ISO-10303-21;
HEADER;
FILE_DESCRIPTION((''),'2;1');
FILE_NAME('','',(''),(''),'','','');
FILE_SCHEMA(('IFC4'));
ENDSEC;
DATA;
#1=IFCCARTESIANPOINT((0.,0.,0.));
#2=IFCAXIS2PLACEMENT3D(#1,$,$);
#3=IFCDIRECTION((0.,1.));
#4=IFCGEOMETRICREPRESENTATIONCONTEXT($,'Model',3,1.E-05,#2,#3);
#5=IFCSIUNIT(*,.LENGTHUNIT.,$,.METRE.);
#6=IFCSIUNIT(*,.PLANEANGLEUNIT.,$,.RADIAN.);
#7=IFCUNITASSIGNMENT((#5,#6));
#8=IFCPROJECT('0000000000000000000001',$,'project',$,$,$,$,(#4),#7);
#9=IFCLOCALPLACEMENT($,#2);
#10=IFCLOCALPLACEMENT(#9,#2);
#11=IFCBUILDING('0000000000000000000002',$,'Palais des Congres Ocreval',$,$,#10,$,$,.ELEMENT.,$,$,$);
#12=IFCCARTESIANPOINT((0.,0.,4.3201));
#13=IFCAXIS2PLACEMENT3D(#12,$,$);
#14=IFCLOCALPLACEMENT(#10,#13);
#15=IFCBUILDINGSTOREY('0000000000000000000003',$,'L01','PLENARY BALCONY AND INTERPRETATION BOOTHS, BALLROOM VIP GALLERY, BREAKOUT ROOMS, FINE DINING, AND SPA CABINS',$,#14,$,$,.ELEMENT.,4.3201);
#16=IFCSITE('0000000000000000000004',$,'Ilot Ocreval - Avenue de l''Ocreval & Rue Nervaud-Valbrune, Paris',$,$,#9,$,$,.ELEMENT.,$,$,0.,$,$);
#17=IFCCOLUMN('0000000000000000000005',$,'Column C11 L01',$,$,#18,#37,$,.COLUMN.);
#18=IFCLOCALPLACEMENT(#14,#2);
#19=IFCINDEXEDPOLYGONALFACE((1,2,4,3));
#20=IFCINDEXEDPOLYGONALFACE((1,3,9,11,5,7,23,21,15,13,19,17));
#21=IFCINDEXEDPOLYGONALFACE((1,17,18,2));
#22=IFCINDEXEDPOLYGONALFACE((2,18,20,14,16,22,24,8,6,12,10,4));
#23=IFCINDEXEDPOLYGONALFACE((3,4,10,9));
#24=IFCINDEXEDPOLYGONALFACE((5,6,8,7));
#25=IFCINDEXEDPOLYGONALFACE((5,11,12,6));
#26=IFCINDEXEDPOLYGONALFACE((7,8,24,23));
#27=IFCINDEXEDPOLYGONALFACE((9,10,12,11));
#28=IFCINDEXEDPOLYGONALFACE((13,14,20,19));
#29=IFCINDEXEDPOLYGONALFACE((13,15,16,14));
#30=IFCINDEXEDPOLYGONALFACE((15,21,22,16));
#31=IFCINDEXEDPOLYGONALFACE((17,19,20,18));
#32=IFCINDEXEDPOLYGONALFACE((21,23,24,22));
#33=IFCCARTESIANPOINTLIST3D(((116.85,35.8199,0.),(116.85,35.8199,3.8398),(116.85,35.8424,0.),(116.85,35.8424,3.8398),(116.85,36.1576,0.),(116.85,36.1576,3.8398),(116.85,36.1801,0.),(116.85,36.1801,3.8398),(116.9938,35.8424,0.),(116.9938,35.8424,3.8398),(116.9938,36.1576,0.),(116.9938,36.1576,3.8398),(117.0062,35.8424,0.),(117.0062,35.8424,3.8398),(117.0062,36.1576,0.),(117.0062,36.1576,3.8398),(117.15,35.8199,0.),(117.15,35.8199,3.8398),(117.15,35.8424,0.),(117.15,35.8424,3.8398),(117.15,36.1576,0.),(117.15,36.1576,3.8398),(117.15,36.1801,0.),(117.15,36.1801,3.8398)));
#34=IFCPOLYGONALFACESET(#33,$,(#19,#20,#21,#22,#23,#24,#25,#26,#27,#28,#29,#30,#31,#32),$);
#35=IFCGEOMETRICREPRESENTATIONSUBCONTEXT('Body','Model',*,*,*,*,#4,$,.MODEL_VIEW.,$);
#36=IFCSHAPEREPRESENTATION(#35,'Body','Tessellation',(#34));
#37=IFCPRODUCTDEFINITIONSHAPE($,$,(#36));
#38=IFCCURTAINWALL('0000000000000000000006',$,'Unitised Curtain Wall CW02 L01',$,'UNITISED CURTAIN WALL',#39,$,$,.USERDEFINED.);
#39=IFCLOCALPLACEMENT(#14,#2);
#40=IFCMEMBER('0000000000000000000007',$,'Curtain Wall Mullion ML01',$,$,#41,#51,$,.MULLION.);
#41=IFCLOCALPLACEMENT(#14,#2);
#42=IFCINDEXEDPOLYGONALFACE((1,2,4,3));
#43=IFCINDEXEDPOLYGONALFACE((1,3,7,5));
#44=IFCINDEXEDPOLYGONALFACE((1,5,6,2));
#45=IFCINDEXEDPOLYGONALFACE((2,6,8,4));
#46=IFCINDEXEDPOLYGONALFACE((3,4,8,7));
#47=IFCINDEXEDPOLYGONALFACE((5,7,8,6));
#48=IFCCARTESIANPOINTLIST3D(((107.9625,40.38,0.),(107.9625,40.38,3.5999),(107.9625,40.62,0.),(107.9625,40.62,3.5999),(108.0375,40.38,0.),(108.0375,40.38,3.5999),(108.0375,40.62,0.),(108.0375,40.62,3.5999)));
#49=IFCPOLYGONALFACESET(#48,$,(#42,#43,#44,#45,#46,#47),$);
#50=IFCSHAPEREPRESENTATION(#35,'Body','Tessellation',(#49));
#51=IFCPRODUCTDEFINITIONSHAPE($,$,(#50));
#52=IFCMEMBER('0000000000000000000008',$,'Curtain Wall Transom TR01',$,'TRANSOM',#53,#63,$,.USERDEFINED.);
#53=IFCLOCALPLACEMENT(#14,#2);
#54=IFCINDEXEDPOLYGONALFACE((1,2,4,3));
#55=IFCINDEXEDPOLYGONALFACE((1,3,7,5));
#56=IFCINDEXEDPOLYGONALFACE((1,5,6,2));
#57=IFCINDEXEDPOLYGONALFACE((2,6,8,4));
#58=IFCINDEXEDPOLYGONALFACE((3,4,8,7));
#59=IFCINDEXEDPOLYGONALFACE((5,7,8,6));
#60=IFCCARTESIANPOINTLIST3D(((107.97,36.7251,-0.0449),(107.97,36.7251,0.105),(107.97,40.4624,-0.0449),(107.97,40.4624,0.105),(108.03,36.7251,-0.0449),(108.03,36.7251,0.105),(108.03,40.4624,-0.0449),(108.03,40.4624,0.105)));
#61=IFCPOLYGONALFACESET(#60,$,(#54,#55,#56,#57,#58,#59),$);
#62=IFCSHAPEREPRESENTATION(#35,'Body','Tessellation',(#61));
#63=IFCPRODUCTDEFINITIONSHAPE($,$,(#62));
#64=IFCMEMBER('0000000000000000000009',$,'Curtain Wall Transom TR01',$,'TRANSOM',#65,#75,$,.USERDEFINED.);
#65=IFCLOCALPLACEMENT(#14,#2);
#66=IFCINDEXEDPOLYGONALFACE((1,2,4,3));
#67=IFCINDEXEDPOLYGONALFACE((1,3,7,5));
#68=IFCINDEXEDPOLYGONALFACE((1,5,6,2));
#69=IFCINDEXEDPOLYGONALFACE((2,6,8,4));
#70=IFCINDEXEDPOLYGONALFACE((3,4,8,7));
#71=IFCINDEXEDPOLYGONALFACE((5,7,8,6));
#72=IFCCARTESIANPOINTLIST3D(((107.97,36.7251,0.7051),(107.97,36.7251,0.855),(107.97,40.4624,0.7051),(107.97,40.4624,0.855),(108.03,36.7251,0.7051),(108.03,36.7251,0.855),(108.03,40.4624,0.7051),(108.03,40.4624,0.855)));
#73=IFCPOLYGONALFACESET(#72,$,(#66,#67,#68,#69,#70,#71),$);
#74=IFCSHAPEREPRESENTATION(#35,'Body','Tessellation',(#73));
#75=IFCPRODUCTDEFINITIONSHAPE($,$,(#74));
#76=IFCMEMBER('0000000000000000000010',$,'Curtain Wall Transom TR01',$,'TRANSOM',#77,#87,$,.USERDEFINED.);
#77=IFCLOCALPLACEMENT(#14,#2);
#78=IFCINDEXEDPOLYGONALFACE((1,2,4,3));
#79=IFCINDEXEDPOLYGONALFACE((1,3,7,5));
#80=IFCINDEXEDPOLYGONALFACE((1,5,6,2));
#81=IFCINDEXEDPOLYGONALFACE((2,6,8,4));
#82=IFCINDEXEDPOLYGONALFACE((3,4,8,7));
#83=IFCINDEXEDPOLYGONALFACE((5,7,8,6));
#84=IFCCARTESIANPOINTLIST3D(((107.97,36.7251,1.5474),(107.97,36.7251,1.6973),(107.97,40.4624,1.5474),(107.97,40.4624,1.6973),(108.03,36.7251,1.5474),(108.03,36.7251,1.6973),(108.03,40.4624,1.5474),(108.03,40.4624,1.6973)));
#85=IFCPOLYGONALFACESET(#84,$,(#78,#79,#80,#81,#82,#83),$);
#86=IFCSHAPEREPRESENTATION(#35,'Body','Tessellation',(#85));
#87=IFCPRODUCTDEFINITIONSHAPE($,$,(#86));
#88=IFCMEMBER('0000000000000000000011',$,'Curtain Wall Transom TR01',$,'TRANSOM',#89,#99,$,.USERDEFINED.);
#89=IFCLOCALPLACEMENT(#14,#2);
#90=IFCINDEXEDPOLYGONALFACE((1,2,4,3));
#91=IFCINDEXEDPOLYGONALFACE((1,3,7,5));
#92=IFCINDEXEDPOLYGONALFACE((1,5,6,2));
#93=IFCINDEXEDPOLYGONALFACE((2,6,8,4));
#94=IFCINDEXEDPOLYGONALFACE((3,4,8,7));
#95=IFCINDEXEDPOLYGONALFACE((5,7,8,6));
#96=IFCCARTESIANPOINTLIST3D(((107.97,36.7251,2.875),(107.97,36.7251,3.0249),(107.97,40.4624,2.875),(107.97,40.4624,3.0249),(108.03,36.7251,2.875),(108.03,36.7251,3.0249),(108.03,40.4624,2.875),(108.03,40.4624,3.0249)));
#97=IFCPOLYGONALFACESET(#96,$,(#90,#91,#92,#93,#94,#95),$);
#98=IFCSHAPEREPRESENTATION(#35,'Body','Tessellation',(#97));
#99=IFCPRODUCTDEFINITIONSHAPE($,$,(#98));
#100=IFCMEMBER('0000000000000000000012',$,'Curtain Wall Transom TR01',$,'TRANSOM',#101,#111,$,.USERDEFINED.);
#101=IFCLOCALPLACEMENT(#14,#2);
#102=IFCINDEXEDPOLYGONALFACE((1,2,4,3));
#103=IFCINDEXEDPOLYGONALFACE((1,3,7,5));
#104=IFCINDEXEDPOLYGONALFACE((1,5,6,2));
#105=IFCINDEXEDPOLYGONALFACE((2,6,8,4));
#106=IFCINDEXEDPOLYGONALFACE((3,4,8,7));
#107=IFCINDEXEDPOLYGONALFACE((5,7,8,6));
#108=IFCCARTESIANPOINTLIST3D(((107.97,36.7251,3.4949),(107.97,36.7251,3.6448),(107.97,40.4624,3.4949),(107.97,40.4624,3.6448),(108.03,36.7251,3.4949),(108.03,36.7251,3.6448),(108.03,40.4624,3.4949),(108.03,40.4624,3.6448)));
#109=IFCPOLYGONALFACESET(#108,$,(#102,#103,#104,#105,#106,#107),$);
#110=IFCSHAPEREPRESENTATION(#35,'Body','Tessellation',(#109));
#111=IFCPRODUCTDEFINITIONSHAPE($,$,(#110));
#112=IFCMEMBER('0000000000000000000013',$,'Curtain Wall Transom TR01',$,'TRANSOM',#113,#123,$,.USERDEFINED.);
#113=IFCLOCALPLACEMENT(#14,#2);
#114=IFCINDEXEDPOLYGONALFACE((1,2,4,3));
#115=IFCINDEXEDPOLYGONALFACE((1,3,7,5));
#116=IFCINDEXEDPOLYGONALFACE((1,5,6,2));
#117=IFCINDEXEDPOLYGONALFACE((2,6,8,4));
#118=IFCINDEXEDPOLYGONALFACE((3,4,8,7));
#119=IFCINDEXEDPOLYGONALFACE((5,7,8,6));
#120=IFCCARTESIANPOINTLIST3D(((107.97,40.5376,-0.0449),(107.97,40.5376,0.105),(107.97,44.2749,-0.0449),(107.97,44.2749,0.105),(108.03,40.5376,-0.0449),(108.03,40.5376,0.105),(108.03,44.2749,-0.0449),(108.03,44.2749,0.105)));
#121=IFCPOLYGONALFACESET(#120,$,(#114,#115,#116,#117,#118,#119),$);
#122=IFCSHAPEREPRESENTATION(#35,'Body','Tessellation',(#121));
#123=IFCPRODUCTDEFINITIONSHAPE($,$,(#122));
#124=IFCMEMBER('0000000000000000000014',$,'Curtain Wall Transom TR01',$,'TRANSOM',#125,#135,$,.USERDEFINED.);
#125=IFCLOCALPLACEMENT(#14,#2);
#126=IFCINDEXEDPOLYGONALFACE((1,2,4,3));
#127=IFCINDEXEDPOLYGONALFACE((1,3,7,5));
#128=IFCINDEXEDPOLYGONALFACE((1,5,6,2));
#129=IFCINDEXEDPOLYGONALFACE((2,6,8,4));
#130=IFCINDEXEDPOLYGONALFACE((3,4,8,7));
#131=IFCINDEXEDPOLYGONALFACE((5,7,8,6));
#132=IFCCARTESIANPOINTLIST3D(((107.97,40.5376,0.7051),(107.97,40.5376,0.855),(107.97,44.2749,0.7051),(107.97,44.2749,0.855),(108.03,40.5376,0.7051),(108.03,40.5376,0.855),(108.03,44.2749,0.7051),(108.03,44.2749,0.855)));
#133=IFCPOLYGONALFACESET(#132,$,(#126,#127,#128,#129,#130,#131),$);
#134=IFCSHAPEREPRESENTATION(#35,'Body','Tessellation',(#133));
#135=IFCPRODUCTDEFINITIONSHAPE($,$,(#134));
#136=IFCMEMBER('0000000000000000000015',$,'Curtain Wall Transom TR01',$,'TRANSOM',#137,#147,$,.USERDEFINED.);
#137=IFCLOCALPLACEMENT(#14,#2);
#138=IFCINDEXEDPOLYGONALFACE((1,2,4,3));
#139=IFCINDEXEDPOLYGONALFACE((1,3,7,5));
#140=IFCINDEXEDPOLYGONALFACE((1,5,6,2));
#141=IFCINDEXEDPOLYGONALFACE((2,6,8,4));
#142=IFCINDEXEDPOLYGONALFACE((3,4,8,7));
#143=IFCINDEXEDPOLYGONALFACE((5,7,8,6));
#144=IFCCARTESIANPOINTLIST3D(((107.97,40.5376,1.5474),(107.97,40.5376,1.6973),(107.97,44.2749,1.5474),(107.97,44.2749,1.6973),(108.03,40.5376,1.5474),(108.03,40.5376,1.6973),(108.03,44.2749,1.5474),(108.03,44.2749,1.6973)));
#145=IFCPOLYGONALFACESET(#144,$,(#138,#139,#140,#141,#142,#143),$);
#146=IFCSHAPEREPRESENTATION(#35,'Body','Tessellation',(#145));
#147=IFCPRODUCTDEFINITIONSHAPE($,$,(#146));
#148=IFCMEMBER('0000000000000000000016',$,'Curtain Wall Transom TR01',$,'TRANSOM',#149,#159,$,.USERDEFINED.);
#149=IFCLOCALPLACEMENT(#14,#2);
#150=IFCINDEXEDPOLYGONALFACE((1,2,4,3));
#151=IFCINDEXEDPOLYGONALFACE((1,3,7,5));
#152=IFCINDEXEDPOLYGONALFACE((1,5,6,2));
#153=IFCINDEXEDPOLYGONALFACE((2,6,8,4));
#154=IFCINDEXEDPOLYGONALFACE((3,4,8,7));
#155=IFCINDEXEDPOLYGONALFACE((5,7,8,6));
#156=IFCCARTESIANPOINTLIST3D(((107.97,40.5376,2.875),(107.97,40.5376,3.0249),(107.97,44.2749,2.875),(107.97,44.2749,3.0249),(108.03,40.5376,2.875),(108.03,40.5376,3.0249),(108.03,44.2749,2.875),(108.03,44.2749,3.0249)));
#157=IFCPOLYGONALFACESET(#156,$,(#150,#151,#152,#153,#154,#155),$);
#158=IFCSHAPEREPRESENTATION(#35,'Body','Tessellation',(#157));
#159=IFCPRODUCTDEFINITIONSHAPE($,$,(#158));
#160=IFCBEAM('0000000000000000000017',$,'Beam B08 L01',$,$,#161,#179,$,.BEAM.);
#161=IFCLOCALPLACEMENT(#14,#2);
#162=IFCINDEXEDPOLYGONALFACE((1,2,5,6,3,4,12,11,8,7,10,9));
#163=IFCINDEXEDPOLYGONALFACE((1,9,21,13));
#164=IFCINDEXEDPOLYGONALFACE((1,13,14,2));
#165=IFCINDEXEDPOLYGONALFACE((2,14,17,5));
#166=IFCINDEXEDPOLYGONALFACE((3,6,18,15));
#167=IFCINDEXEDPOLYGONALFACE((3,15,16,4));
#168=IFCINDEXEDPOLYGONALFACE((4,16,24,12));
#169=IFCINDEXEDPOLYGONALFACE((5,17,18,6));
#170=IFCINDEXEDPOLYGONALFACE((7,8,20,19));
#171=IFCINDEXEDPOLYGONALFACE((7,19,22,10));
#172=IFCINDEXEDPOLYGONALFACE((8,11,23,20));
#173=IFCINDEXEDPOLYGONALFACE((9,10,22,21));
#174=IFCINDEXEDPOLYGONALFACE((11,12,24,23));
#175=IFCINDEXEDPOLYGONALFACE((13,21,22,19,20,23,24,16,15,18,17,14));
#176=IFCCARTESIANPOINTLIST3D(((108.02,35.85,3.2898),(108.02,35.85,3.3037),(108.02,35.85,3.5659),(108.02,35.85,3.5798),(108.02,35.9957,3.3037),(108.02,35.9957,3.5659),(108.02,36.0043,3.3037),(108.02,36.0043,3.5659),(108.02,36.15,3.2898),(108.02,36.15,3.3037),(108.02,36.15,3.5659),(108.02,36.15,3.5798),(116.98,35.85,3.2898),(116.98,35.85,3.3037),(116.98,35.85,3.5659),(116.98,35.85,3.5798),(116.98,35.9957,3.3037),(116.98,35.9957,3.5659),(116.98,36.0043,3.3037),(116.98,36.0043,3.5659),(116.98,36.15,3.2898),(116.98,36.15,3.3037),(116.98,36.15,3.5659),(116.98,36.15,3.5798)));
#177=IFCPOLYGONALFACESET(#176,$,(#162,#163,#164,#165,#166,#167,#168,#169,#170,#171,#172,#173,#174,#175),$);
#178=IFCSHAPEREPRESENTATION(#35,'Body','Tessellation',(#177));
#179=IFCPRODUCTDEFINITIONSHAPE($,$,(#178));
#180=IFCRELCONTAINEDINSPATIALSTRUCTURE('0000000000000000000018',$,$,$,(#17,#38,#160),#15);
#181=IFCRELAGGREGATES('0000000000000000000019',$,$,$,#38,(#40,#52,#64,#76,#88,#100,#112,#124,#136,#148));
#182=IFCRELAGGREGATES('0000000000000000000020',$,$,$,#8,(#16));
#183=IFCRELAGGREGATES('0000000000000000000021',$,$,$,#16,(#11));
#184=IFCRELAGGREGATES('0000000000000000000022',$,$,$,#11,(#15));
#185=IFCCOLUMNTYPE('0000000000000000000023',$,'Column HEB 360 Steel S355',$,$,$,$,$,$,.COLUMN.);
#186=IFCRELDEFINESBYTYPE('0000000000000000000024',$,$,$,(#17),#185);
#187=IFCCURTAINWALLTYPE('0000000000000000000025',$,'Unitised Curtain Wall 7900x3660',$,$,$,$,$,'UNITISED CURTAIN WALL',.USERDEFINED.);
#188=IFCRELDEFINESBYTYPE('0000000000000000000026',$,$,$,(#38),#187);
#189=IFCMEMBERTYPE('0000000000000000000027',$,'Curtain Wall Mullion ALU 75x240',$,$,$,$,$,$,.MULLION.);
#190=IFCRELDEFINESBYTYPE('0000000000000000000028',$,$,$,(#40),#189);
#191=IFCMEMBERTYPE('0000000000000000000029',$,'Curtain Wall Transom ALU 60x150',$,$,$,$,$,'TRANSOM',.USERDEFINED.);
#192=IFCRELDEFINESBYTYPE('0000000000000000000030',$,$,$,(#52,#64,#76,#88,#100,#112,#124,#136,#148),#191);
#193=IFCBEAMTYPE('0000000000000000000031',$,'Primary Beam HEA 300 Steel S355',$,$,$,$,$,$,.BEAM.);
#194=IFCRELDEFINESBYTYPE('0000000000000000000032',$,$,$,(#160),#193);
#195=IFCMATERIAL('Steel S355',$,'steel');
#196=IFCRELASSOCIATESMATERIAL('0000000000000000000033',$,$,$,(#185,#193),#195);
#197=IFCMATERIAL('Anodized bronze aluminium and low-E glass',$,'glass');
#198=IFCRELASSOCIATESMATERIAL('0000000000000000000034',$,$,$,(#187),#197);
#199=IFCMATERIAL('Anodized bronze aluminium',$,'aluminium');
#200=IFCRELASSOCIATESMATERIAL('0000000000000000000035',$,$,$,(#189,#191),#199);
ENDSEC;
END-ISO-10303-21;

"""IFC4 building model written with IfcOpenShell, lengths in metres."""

from ifc_helpers import new_model, si_unit, direction, frame, origin, origin_2d, place, context, subcontext, project, spatial, rectangle, i_section, extrude, material, material_profile, profile_set, type_object, element, aggregate, save


model = new_model("IFC4")

# Units and contexts
model_context = context("Model", 3, precision=1e-05, world=origin(), true_north=direction((0.0, 1.0)))
body_context = subcontext(model_context, "Body", "Model", "MODEL_VIEW")
ifc_project = project(units=[si_unit("LENGTHUNIT", "METRE"), si_unit("PLANEANGLEUNIT", "RADIAN")], contexts=[model_context])

# Site, building, storey
site_placement = place(None, origin())
site = spatial("IfcSite", under=ifc_project, at=site_placement, Name="Ilot Ocreval - Avenue de l'Ocreval & Rue Nervaud-Valbrune, Paris", CompositionType="ELEMENT", RefElevation=0.0)
building_placement = place(site_placement, origin())
building = spatial("IfcBuilding", under=site, at=building_placement, Name="Palais des Congres Ocreval", CompositionType="ELEMENT")
storey_placement = place(building_placement, frame((0.0, 0.0, 4.3201)))
storey = spatial("IfcBuildingStorey", under=building, at=storey_placement, Name="L01", Description="PLENARY BALCONY AND INTERPRETATION BOOTHS, BALLROOM VIP GALLERY, BREAKOUT ROOMS, FINE DINING, AND SPA CABINS", CompositionType="ELEMENT", Elevation=4.3201)

# Column
ifc_material_1 = material(Name="Steel S355", Category="steel")
ifc_material_profile_1 = material_profile(ifc_material_1, i_section(OverallWidth=0.3, OverallDepth=0.3601, WebThickness=0.0125, FlangeThickness=0.0225, at=origin_2d()), Name="HEB 360")
ifc_profile_set_1 = profile_set([ifc_material_profile_1], Name="Steel S355")
column_type = type_object("IfcColumnType", Name="Column HEB 360 Steel S355", PredefinedType="COLUMN", material=ifc_profile_set_1)
column_placement = place(storey_placement, frame((117.0, 36.0, 0.0), z_axis=(0.0, 0.0, 1.0), x_axis=(1.0, 0.0, 0.0)))
element("IfcColumn", 1, at=column_placement, inside=storey, type_object=column_type, Name="Column C11 L01", PredefinedType="COLUMN", context=body_context, shape_type="SweptSolid", body=[
    extrude(i_section(OverallWidth=0.3, OverallDepth=0.3601, WebThickness=0.0125, FlangeThickness=0.0225, at=origin_2d()), origin(), (0.0, 0.0, 1.0), 3.8398),
])

# Curtain wall, members
ifc_material_2 = material(Name="Anodized bronze aluminium and low-E glass", Category="glass")
curtain_wall_type = type_object("IfcCurtainWallType", Name="Unitised Curtain Wall 7900x3660", ElementType="UNITISED CURTAIN WALL", PredefinedType="USERDEFINED", material=ifc_material_2)
curtain_wall_placement = place(storey_placement, origin())
curtain_wall = element("IfcCurtainWall", 2, at=curtain_wall_placement, inside=storey, type_object=curtain_wall_type, Name="Unitised Curtain Wall CW02 L01", ObjectType="UNITISED CURTAIN WALL", PredefinedType="USERDEFINED")
ifc_material_3 = material(Name="Anodized bronze aluminium", Category="aluminium")
ifc_material_profile_2 = material_profile(ifc_material_3, rectangle(XDim=0.075, YDim=0.24, at=origin_2d()), Name="ALU 75x240")
ifc_profile_set_2 = profile_set([ifc_material_profile_2], Name="Anodized bronze aluminium")
member_type_1 = type_object("IfcMemberType", Name="Curtain Wall Mullion ALU 75x240", PredefinedType="MULLION", material=ifc_profile_set_2)
member_1_placement = place(storey_placement, frame((108.0, 40.5, 0.0), z_axis=(0.0, 0.0, 1.0), x_axis=(-1.0, 0.0, 0.0)))
member_1 = element("IfcMember", 3, at=member_1_placement, type_object=member_type_1, Name="Curtain Wall Mullion ML01", PredefinedType="MULLION", context=body_context, shape_type="SweptSolid", body=[
    extrude(rectangle(XDim=0.075, YDim=0.24, at=origin_2d()), origin(), (0.0, 0.0, 1.0), 3.5999),
])
ifc_material_profile_3 = material_profile(ifc_material_3, rectangle(XDim=0.0601, YDim=0.1499, at=origin_2d()), Name="ALU 60x150")
ifc_profile_set_3 = profile_set([ifc_material_profile_3], Name="Anodized bronze aluminium")
member_type_2 = type_object("IfcMemberType", Name="Curtain Wall Transom ALU 60x150", ElementType="TRANSOM", PredefinedType="USERDEFINED", material=ifc_profile_set_3)
member_2_placement = place(storey_placement, frame((108.0, 36.7251, 0.03), z_axis=(0.0, 1.0, 0.0), x_axis=(-1.0, 0.0, 0.0)))
member_2 = element("IfcMember", 4, at=member_2_placement, type_object=member_type_2, Name="Curtain Wall Transom TR01", ObjectType="TRANSOM", PredefinedType="USERDEFINED", context=body_context, shape_type="SweptSolid", body=[
    extrude(rectangle(XDim=0.0601, YDim=0.1499, at=origin_2d()), origin(), (0.0, 0.0, 1.0), 3.7373),
])
member_3_placement = place(storey_placement, frame((108.0, 36.7251, 0.78), z_axis=(0.0, 1.0, 0.0), x_axis=(-1.0, 0.0, 0.0)))
member_3 = element("IfcMember", 5, at=member_3_placement, type_object=member_type_2, Name="Curtain Wall Transom TR01", ObjectType="TRANSOM", PredefinedType="USERDEFINED", context=body_context, shape_type="SweptSolid", body=[
    extrude(rectangle(XDim=0.0601, YDim=0.1499, at=origin_2d()), origin(), (0.0, 0.0, 1.0), 3.7373),
])
member_4_placement = place(storey_placement, frame((108.0, 36.7251, 1.6223), z_axis=(0.0, 1.0, 0.0), x_axis=(-1.0, 0.0, 0.0)))
member_4 = element("IfcMember", 6, at=member_4_placement, type_object=member_type_2, Name="Curtain Wall Transom TR01", ObjectType="TRANSOM", PredefinedType="USERDEFINED", context=body_context, shape_type="SweptSolid", body=[
    extrude(rectangle(XDim=0.0601, YDim=0.1499, at=origin_2d()), origin(), (0.0, 0.0, 1.0), 3.7373),
])
member_5_placement = place(storey_placement, frame((108.0, 36.7251, 2.95), z_axis=(0.0, 1.0, 0.0), x_axis=(-1.0, 0.0, 0.0)))
member_5 = element("IfcMember", 7, at=member_5_placement, type_object=member_type_2, Name="Curtain Wall Transom TR01", ObjectType="TRANSOM", PredefinedType="USERDEFINED", context=body_context, shape_type="SweptSolid", body=[
    extrude(rectangle(XDim=0.0601, YDim=0.1499, at=origin_2d()), origin(), (0.0, 0.0, 1.0), 3.7373),
])
member_6_placement = place(storey_placement, frame((108.0, 36.7251, 3.5698), z_axis=(0.0, 1.0, 0.0), x_axis=(-1.0, 0.0, 0.0)))
member_6 = element("IfcMember", 8, at=member_6_placement, type_object=member_type_2, Name="Curtain Wall Transom TR01", ObjectType="TRANSOM", PredefinedType="USERDEFINED", context=body_context, shape_type="SweptSolid", body=[
    extrude(rectangle(XDim=0.0601, YDim=0.1499, at=origin_2d()), origin(), (0.0, 0.0, 1.0), 3.7373),
])
member_7_placement = place(storey_placement, frame((108.0, 40.5376, 0.03), z_axis=(0.0, 1.0, 0.0), x_axis=(-1.0, 0.0, 0.0)))
member_7 = element("IfcMember", 9, at=member_7_placement, type_object=member_type_2, Name="Curtain Wall Transom TR01", ObjectType="TRANSOM", PredefinedType="USERDEFINED", context=body_context, shape_type="SweptSolid", body=[
    extrude(rectangle(XDim=0.0601, YDim=0.1499, at=origin_2d()), origin(), (0.0, 0.0, 1.0), 3.7373),
])
member_8_placement = place(storey_placement, frame((108.0, 40.5376, 0.78), z_axis=(0.0, 1.0, 0.0), x_axis=(-1.0, 0.0, 0.0)))
member_8 = element("IfcMember", 10, at=member_8_placement, type_object=member_type_2, Name="Curtain Wall Transom TR01", ObjectType="TRANSOM", PredefinedType="USERDEFINED", context=body_context, shape_type="SweptSolid", body=[
    extrude(rectangle(XDim=0.0601, YDim=0.1499, at=origin_2d()), origin(), (0.0, 0.0, 1.0), 3.7373),
])
member_9_placement = place(storey_placement, frame((108.0, 40.5376, 1.6223), z_axis=(0.0, 1.0, 0.0), x_axis=(-1.0, 0.0, 0.0)))
member_9 = element("IfcMember", 11, at=member_9_placement, type_object=member_type_2, Name="Curtain Wall Transom TR01", ObjectType="TRANSOM", PredefinedType="USERDEFINED", context=body_context, shape_type="SweptSolid", body=[
    extrude(rectangle(XDim=0.0601, YDim=0.1499, at=origin_2d()), origin(), (0.0, 0.0, 1.0), 3.7373),
])
member_10_placement = place(storey_placement, frame((108.0, 40.5376, 2.95), z_axis=(0.0, 1.0, 0.0), x_axis=(-1.0, 0.0, 0.0)))
member_10 = element("IfcMember", 12, at=member_10_placement, type_object=member_type_2, Name="Curtain Wall Transom TR01", ObjectType="TRANSOM", PredefinedType="USERDEFINED", context=body_context, shape_type="SweptSolid", body=[
    extrude(rectangle(XDim=0.0601, YDim=0.1499, at=origin_2d()), origin(), (0.0, 0.0, 1.0), 3.7373),
])

# Beam
ifc_material_profile_4 = material_profile(ifc_material_1, i_section(OverallWidth=0.3, OverallDepth=0.29, WebThickness=0.0085, FlangeThickness=0.0139, at=origin_2d()), Name="HEA 300")
ifc_profile_set_4 = profile_set([ifc_material_profile_4], Name="Steel S355")
beam_type_1 = type_object("IfcBeamType", Name="Primary Beam HEA 300 Steel S355", PredefinedType="BEAM", material=ifc_profile_set_4)
beam_1_placement = place(storey_placement, frame((108.02, 36.0, 3.4348), z_axis=(1.0, 0.0, 0.0), x_axis=(0.0, 1.0, 0.0)))
element("IfcBeam", 13, at=beam_1_placement, inside=storey, type_object=beam_type_1, Name="Beam B08 L01", PredefinedType="BEAM", context=body_context, shape_type="SweptSolid", body=[
    extrude(i_section(OverallWidth=0.3, OverallDepth=0.29, WebThickness=0.0085, FlangeThickness=0.0139, at=origin_2d()), origin(), (0.0, 0.0, 1.0), 8.96),
])

aggregate(curtain_wall, [member_1, member_2, member_3, member_4, member_5, member_6, member_7, member_8, member_9, member_10])

save(model, "model.ifc")
